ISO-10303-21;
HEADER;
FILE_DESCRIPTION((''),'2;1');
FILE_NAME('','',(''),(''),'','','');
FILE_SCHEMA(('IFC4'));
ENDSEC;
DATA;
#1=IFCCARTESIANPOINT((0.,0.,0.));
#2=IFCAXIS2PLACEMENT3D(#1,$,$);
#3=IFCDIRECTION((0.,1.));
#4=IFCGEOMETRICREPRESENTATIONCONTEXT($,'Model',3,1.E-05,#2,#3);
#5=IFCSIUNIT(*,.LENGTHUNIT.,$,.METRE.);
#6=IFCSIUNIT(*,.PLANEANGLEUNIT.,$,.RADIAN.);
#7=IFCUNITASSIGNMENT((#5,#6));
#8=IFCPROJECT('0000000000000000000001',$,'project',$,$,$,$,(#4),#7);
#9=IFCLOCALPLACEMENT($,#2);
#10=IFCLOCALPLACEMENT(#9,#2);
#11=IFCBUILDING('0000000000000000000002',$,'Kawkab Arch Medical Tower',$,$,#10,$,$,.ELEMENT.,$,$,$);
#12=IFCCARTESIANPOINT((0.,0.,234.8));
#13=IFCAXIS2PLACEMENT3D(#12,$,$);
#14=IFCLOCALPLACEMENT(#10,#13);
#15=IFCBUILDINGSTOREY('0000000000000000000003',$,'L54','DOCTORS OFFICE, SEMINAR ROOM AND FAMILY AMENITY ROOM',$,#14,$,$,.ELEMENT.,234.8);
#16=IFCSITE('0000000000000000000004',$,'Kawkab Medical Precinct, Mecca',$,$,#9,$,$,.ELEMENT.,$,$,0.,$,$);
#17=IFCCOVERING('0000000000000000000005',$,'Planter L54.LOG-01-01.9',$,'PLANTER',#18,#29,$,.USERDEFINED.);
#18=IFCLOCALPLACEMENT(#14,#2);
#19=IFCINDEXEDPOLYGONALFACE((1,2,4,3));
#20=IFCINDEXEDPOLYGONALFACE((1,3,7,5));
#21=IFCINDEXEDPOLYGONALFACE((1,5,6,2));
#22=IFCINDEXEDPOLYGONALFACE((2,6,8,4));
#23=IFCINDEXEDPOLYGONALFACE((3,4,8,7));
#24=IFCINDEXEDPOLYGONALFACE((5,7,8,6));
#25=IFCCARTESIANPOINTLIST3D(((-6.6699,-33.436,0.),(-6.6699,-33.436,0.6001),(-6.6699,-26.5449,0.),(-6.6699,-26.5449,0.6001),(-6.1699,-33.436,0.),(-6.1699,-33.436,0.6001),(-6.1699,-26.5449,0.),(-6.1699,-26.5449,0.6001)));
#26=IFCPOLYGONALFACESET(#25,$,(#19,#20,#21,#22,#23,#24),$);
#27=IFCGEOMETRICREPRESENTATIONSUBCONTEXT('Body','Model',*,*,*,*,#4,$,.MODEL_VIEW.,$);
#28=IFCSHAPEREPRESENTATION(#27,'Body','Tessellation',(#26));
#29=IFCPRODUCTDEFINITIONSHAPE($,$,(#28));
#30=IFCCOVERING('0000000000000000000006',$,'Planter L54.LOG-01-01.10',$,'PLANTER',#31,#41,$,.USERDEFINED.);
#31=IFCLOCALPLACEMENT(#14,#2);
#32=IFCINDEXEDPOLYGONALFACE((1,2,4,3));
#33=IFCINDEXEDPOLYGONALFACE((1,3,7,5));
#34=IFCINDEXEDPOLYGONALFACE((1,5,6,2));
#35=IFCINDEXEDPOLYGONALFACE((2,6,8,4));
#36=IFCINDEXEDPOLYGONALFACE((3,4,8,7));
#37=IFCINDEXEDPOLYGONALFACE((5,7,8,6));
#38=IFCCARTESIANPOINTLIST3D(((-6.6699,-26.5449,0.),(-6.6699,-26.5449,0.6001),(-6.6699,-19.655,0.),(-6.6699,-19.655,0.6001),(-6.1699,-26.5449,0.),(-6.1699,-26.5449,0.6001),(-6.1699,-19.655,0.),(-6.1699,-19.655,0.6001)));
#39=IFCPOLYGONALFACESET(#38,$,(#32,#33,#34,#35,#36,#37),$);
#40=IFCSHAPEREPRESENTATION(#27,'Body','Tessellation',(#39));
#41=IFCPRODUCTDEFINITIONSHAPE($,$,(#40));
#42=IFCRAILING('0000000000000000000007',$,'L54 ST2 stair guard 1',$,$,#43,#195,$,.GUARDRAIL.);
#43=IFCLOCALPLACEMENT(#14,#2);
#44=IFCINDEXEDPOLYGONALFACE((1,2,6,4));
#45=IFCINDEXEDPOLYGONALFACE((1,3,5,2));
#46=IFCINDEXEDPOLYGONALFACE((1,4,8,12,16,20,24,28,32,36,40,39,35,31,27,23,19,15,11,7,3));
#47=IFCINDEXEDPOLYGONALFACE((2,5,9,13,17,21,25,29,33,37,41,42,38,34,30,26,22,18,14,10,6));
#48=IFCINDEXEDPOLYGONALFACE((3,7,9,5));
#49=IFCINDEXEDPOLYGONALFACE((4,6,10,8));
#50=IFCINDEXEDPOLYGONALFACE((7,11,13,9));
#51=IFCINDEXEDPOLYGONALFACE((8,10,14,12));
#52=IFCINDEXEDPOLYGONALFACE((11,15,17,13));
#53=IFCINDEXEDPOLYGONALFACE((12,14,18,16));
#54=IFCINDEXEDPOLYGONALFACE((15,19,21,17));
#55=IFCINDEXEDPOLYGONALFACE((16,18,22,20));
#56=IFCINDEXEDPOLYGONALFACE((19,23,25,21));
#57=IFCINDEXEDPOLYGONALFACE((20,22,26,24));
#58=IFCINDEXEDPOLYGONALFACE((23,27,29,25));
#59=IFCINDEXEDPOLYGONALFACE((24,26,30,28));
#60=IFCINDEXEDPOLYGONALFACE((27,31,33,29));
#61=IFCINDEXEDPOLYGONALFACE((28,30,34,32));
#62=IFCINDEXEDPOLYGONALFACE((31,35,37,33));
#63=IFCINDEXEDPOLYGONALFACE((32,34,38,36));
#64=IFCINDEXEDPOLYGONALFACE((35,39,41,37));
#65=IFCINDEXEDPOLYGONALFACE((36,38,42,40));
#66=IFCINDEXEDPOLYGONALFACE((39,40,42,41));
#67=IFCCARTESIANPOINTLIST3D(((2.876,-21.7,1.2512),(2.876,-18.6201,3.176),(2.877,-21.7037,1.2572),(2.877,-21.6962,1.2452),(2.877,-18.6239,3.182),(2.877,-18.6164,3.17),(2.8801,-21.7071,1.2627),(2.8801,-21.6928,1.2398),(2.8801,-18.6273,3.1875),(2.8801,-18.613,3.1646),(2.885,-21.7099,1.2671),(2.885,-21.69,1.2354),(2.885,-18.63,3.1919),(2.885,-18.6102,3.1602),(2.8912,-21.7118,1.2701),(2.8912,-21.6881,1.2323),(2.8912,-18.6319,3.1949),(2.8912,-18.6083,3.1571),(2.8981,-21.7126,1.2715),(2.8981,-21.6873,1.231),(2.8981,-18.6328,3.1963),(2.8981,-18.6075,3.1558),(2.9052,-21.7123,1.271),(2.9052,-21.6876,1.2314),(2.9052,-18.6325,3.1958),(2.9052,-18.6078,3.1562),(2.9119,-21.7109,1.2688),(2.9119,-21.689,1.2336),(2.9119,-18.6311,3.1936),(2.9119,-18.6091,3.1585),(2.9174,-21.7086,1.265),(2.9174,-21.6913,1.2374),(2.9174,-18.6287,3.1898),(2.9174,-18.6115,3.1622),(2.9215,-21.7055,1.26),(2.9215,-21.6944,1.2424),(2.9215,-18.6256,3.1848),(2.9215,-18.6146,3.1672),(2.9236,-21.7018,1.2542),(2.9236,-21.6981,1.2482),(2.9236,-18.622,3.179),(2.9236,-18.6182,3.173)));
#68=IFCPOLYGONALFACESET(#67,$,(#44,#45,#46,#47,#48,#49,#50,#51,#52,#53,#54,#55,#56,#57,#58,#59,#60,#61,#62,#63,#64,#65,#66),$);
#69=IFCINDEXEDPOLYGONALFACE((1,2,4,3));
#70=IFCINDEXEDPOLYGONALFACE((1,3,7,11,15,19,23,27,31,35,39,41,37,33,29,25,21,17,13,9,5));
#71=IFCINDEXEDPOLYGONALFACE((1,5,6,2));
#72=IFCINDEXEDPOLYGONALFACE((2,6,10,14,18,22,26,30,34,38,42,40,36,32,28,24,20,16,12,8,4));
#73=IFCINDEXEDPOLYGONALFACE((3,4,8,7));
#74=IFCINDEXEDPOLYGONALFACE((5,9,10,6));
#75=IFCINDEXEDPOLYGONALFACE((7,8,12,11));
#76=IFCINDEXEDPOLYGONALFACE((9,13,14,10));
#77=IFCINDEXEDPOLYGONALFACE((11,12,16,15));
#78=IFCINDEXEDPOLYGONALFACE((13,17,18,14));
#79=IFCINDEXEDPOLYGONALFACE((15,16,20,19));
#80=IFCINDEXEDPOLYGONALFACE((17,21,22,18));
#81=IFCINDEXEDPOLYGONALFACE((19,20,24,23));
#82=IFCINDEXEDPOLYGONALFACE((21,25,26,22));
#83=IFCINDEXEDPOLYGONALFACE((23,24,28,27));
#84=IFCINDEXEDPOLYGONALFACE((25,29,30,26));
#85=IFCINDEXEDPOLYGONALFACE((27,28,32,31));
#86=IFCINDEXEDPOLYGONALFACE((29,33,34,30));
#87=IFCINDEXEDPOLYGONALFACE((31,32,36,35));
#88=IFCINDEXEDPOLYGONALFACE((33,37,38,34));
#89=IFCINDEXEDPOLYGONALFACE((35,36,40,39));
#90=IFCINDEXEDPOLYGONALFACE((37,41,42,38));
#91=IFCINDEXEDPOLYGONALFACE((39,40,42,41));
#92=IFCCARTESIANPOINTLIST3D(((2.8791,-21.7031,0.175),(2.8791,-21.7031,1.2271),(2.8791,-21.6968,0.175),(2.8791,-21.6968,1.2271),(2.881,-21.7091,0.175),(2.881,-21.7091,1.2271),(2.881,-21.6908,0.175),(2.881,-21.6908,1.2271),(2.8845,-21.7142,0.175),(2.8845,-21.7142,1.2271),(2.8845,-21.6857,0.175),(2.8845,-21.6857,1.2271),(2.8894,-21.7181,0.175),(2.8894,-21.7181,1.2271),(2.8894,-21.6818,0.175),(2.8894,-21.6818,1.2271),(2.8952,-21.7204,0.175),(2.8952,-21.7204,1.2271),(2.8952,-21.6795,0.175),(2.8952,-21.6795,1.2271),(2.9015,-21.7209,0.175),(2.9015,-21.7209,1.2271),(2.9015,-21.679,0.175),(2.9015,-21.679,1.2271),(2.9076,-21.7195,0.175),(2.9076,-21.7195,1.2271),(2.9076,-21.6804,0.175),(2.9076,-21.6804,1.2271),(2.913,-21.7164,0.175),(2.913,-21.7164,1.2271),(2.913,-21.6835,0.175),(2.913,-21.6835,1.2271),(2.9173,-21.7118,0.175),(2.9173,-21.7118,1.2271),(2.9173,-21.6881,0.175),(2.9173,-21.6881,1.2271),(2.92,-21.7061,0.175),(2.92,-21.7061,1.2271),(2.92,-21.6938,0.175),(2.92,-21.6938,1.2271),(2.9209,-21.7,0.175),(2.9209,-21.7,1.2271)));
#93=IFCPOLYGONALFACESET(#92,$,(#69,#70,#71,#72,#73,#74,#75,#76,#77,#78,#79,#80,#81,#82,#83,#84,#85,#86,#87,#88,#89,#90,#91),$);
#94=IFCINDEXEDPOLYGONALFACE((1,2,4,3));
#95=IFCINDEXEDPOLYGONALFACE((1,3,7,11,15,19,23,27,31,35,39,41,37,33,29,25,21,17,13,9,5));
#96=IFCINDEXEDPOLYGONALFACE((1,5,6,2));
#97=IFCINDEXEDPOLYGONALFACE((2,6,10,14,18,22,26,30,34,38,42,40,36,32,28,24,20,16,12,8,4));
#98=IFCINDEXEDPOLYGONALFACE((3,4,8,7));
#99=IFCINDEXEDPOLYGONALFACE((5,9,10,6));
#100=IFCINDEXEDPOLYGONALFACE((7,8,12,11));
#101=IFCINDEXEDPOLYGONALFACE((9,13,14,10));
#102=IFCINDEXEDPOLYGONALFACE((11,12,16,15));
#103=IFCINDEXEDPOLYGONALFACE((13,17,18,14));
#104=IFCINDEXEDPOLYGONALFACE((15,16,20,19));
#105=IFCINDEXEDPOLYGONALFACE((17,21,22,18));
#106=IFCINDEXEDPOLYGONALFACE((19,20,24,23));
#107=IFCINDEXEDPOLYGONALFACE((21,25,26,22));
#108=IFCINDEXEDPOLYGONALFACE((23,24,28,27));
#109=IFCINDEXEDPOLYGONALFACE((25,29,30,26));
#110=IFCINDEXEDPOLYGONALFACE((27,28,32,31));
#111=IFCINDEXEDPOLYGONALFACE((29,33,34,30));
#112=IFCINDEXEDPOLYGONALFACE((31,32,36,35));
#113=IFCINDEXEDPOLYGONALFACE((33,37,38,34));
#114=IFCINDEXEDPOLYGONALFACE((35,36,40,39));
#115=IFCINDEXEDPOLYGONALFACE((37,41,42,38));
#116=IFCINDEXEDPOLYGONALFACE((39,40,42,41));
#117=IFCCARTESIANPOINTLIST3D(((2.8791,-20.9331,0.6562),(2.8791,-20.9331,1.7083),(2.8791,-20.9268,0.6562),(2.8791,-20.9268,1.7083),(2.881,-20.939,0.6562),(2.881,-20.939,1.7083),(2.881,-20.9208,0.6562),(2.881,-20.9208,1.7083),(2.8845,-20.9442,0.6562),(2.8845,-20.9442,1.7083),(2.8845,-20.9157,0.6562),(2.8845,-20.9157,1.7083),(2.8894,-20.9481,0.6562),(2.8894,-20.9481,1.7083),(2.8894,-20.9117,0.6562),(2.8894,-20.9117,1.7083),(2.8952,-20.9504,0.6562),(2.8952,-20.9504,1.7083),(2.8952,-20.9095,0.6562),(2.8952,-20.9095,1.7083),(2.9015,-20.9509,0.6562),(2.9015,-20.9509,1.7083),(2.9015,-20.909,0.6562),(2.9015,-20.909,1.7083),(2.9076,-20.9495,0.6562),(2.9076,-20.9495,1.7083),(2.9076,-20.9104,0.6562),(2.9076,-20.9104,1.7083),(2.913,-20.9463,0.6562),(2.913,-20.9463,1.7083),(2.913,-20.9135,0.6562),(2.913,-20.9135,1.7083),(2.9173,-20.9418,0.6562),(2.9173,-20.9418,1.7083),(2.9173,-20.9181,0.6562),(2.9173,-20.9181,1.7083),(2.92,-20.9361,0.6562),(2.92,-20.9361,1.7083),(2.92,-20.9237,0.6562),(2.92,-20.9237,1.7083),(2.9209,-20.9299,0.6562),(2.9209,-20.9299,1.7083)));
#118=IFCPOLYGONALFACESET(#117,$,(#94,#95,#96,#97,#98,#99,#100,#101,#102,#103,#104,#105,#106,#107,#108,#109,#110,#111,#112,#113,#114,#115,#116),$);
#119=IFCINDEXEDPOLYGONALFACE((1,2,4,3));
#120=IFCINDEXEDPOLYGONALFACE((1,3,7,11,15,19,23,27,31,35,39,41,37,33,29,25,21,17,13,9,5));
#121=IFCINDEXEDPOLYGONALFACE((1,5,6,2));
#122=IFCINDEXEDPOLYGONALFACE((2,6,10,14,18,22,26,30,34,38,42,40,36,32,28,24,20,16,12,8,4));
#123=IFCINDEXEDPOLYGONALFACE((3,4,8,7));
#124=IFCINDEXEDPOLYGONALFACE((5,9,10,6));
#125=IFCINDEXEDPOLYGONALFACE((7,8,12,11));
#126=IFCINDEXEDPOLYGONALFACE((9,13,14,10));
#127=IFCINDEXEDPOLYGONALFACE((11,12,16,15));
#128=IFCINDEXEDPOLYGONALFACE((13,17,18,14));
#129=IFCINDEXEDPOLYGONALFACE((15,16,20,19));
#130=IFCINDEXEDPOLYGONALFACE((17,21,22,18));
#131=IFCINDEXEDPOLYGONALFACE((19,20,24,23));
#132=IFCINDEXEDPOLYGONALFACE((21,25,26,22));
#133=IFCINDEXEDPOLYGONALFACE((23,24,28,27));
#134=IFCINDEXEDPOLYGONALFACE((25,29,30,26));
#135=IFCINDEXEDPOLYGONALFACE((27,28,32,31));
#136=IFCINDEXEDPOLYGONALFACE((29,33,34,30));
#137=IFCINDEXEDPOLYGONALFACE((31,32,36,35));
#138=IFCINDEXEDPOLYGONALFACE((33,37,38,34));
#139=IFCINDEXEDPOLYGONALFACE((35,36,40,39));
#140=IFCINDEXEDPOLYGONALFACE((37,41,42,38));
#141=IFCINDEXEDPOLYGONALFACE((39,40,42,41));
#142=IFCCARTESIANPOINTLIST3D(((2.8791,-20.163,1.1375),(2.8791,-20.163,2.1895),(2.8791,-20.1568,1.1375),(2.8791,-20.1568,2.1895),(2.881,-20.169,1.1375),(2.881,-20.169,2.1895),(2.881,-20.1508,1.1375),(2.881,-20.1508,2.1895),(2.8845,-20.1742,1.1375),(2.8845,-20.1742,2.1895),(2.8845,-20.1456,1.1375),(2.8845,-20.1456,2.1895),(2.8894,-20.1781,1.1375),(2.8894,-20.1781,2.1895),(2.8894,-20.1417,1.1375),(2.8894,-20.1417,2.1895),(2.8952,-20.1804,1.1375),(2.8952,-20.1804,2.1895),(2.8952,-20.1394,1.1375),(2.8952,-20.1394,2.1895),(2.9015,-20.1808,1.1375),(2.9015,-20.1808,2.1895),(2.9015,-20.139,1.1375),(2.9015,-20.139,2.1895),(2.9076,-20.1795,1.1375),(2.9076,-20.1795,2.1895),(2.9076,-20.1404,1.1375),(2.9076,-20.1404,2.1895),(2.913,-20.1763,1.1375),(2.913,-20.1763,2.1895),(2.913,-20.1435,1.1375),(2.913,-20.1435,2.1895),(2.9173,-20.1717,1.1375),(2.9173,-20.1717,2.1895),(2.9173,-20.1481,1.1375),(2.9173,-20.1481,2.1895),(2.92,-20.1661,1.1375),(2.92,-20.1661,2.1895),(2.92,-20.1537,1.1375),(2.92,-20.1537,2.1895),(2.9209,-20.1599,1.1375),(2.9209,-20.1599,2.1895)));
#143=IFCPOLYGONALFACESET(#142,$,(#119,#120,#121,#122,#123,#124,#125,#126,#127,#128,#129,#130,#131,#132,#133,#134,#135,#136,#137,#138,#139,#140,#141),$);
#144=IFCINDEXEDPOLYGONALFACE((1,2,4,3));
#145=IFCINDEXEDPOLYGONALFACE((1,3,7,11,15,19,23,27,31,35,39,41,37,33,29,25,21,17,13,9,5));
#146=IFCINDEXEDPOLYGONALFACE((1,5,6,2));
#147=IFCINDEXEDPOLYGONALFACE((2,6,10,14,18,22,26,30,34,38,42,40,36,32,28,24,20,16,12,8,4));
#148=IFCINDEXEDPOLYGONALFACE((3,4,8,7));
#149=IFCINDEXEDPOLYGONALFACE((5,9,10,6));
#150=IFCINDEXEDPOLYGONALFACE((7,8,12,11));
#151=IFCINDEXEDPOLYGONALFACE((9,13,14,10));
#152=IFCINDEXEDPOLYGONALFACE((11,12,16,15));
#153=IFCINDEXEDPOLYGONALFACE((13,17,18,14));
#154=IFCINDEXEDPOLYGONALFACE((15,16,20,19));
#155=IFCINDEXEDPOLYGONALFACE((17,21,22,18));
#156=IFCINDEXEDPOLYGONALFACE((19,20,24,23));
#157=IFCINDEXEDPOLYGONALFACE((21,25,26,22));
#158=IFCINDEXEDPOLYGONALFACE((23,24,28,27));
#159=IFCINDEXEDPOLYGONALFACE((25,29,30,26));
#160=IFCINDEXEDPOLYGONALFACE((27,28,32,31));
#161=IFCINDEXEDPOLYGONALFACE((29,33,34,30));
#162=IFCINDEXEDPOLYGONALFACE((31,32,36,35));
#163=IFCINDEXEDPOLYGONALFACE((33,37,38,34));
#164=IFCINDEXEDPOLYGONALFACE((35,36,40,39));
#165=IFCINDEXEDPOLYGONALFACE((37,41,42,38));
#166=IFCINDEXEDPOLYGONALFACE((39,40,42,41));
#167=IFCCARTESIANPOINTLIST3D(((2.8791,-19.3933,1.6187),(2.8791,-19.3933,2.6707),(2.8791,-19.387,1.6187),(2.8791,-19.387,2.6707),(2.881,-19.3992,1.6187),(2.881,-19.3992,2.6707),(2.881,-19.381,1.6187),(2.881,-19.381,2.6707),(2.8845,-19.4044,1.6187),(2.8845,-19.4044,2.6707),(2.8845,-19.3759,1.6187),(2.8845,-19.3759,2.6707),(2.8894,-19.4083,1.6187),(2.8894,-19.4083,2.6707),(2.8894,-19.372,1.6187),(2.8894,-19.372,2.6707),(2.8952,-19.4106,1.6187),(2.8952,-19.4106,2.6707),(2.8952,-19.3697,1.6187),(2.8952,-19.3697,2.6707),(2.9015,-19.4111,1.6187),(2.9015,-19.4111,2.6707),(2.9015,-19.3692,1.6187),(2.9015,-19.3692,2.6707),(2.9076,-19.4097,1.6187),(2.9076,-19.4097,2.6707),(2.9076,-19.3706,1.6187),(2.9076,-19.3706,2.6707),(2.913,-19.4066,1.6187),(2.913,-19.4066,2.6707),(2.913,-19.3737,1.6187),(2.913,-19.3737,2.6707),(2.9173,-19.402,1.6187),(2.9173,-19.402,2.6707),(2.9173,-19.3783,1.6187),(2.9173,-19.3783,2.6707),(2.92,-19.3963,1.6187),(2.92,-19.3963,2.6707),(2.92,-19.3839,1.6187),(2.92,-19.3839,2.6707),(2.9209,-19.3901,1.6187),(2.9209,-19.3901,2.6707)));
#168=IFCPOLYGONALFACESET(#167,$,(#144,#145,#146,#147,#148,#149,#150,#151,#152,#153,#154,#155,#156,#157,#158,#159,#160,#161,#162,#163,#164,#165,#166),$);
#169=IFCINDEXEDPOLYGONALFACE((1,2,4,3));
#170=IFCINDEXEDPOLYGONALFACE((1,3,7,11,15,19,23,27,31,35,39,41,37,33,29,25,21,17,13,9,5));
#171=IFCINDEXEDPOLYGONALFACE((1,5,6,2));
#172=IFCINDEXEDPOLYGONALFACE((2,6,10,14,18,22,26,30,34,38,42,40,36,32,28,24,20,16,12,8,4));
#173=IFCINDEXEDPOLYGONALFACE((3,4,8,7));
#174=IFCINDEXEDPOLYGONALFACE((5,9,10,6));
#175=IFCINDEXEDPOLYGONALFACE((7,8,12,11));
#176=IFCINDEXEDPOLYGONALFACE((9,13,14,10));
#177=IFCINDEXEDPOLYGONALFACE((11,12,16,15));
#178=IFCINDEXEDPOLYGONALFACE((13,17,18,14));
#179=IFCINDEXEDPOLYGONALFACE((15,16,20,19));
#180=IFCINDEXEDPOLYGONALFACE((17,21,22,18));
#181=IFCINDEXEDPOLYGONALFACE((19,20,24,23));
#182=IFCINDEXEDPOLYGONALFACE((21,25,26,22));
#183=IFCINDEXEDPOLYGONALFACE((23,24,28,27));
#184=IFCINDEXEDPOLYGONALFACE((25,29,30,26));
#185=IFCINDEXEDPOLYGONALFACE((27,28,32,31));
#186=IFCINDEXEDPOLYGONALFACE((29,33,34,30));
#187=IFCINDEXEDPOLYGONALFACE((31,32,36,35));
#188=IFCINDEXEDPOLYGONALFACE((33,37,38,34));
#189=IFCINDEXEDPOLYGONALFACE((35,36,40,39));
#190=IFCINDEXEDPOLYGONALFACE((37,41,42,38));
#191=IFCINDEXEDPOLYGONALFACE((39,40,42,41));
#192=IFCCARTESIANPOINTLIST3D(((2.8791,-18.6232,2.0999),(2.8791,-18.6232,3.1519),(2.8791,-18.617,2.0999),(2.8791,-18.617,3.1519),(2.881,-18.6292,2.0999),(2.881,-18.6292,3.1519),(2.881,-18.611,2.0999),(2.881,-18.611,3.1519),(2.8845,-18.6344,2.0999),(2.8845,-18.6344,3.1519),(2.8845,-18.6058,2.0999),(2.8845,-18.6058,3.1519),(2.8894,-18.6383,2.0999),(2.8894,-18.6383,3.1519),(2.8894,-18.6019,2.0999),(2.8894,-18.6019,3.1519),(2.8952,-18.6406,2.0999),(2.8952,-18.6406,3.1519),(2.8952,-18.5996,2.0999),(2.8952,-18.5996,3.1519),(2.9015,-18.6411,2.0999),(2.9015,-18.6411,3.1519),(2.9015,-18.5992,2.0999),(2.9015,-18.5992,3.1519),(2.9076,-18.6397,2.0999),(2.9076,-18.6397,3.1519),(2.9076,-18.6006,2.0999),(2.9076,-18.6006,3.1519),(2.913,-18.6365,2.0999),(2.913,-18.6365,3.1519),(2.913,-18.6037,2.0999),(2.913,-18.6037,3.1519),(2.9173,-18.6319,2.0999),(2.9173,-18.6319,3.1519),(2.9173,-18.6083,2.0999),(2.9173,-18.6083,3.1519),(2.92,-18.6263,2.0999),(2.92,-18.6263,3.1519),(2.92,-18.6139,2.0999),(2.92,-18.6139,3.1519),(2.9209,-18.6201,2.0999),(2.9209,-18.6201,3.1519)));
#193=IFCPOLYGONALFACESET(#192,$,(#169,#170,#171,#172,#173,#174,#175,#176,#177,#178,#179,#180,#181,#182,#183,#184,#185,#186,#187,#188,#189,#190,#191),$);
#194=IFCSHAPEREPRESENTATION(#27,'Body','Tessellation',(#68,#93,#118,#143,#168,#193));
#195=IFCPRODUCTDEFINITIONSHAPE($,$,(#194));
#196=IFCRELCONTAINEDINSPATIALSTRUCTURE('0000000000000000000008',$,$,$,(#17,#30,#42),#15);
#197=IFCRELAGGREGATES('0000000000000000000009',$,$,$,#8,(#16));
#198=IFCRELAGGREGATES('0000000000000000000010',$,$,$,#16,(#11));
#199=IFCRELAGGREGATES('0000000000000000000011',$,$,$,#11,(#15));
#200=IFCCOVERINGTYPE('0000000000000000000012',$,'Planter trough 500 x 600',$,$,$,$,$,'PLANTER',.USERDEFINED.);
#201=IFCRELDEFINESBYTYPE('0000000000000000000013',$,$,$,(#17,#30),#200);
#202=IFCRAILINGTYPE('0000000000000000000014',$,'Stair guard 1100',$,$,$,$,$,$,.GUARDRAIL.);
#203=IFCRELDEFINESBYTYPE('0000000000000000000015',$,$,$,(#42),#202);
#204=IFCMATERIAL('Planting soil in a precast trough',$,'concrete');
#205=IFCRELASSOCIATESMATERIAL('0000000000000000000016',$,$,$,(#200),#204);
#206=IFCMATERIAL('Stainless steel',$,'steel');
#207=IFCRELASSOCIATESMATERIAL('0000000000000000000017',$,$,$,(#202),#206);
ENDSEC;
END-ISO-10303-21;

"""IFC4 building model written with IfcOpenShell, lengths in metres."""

from ifc_helpers import new_model, si_unit, direction, frame, origin, origin_2d, place, context, subcontext, project, spatial, rectangle, circle, extrude, material, material_profile, profile_set, type_object, element, save


model = new_model("IFC4")

# Units and contexts
model_context = context("Model", 3, precision=1e-05, world=origin(), true_north=direction((0.0, 1.0)))
body_context = subcontext(model_context, "Body", "Model", "MODEL_VIEW")
ifc_project = project(units=[si_unit("LENGTHUNIT", "METRE"), si_unit("PLANEANGLEUNIT", "RADIAN")], contexts=[model_context])

# Site, building, storey
site_placement = place(None, origin())
site = spatial("IfcSite", under=ifc_project, at=site_placement, Name="Kawkab Medical Precinct, Mecca", CompositionType="ELEMENT", RefElevation=0.0)
building_placement = place(site_placement, origin())
building = spatial("IfcBuilding", under=site, at=building_placement, Name="Kawkab Arch Medical Tower", CompositionType="ELEMENT")
storey_placement = place(building_placement, frame((0.0, 0.0, 234.8)))
storey = spatial("IfcBuildingStorey", under=building, at=storey_placement, Name="L54", Description="DOCTORS OFFICE, SEMINAR ROOM AND FAMILY AMENITY ROOM", CompositionType="ELEMENT", Elevation=234.8)

# Coverings
ifc_material_1 = material(Name="Planting soil in a precast trough", Category="concrete")
ifc_material_profile_1 = material_profile(ifc_material_1, rectangle(XDim=0.5, YDim=0.6001, at=origin_2d()), Name="Trough 500x600")
ifc_profile_set_1 = profile_set([ifc_material_profile_1], Name="Planting soil in a precast trough")
covering_type_1 = type_object("IfcCoveringType", Name="Planter trough 500 x 600", ElementType="PLANTER", PredefinedType="USERDEFINED", material=ifc_profile_set_1)
covering_1_placement = place(storey_placement, frame((-6.4199, -33.436, 0.3), z_axis=(0.0, 1.0, 0.0), x_axis=(-1.0, 0.0, 0.0)))
element("IfcCovering", 1, at=covering_1_placement, inside=storey, type_object=covering_type_1, Name="Planter L54.LOG-01-01.9", ObjectType="PLANTER", PredefinedType="USERDEFINED", context=body_context, shape_type="SweptSolid", body=[
    extrude(rectangle(XDim=0.5, YDim=0.6001, at=origin_2d()), origin(), (0.0, 0.0, 1.0), 6.8911),
])
covering_2_placement = place(storey_placement, frame((-6.4199, -26.5449, 0.3), z_axis=(0.0, 1.0, 0.0), x_axis=(-1.0, 0.0, 0.0)))
element("IfcCovering", 2, at=covering_2_placement, inside=storey, type_object=covering_type_1, Name="Planter L54.LOG-01-01.10", ObjectType="PLANTER", PredefinedType="USERDEFINED", context=body_context, shape_type="SweptSolid", body=[
    extrude(rectangle(XDim=0.5, YDim=0.6001, at=origin_2d()), origin(), (0.0, 0.0, 1.0), 6.8899),
])

# Railing
ifc_material_2 = material(Name="Stainless steel", Category="steel")
railing_type_1 = type_object("IfcRailingType", Name="Stair guard 1100", PredefinedType="GUARDRAIL", material=ifc_material_2)
railing_1_placement = place(storey_placement, frame((2.8999, -21.7, 0.175)))
element("IfcRailing", 3, at=railing_1_placement, inside=storey, type_object=railing_type_1, Name="L54 ST2 stair guard 1", PredefinedType="GUARDRAIL", context=body_context, shape_type="SweptSolid", body=[
    extrude(circle(Radius=0.0239, at=origin_2d()), frame((0.0, 0.0, 1.0762), z_axis=(0.0, 0.84801, 0.529981), x_axis=(-1.0, 0.0, 0.0)), (0.0, 0.0, 1.0), 3.6318),
    extrude(circle(Radius=0.021, at=origin_2d()), origin(), (0.0, 0.0, 1.0), 1.052),
    extrude(circle(Radius=0.021, at=origin_2d()), frame((0.0, 0.77, 0.4812)), (0.0, 0.0, 1.0), 1.052),
    extrude(circle(Radius=0.021, at=origin_2d()), frame((0.0, 1.54, 0.9624)), (0.0, 0.0, 1.0), 1.052),
    extrude(circle(Radius=0.021, at=origin_2d()), frame((0.0, 2.3098, 1.4436)), (0.0, 0.0, 1.0), 1.052),
    extrude(circle(Radius=0.021, at=origin_2d()), frame((0.0, 3.0798, 1.9248)), (0.0, 0.0, 1.0), 1.052),
])

save(model, "model.ifc")
